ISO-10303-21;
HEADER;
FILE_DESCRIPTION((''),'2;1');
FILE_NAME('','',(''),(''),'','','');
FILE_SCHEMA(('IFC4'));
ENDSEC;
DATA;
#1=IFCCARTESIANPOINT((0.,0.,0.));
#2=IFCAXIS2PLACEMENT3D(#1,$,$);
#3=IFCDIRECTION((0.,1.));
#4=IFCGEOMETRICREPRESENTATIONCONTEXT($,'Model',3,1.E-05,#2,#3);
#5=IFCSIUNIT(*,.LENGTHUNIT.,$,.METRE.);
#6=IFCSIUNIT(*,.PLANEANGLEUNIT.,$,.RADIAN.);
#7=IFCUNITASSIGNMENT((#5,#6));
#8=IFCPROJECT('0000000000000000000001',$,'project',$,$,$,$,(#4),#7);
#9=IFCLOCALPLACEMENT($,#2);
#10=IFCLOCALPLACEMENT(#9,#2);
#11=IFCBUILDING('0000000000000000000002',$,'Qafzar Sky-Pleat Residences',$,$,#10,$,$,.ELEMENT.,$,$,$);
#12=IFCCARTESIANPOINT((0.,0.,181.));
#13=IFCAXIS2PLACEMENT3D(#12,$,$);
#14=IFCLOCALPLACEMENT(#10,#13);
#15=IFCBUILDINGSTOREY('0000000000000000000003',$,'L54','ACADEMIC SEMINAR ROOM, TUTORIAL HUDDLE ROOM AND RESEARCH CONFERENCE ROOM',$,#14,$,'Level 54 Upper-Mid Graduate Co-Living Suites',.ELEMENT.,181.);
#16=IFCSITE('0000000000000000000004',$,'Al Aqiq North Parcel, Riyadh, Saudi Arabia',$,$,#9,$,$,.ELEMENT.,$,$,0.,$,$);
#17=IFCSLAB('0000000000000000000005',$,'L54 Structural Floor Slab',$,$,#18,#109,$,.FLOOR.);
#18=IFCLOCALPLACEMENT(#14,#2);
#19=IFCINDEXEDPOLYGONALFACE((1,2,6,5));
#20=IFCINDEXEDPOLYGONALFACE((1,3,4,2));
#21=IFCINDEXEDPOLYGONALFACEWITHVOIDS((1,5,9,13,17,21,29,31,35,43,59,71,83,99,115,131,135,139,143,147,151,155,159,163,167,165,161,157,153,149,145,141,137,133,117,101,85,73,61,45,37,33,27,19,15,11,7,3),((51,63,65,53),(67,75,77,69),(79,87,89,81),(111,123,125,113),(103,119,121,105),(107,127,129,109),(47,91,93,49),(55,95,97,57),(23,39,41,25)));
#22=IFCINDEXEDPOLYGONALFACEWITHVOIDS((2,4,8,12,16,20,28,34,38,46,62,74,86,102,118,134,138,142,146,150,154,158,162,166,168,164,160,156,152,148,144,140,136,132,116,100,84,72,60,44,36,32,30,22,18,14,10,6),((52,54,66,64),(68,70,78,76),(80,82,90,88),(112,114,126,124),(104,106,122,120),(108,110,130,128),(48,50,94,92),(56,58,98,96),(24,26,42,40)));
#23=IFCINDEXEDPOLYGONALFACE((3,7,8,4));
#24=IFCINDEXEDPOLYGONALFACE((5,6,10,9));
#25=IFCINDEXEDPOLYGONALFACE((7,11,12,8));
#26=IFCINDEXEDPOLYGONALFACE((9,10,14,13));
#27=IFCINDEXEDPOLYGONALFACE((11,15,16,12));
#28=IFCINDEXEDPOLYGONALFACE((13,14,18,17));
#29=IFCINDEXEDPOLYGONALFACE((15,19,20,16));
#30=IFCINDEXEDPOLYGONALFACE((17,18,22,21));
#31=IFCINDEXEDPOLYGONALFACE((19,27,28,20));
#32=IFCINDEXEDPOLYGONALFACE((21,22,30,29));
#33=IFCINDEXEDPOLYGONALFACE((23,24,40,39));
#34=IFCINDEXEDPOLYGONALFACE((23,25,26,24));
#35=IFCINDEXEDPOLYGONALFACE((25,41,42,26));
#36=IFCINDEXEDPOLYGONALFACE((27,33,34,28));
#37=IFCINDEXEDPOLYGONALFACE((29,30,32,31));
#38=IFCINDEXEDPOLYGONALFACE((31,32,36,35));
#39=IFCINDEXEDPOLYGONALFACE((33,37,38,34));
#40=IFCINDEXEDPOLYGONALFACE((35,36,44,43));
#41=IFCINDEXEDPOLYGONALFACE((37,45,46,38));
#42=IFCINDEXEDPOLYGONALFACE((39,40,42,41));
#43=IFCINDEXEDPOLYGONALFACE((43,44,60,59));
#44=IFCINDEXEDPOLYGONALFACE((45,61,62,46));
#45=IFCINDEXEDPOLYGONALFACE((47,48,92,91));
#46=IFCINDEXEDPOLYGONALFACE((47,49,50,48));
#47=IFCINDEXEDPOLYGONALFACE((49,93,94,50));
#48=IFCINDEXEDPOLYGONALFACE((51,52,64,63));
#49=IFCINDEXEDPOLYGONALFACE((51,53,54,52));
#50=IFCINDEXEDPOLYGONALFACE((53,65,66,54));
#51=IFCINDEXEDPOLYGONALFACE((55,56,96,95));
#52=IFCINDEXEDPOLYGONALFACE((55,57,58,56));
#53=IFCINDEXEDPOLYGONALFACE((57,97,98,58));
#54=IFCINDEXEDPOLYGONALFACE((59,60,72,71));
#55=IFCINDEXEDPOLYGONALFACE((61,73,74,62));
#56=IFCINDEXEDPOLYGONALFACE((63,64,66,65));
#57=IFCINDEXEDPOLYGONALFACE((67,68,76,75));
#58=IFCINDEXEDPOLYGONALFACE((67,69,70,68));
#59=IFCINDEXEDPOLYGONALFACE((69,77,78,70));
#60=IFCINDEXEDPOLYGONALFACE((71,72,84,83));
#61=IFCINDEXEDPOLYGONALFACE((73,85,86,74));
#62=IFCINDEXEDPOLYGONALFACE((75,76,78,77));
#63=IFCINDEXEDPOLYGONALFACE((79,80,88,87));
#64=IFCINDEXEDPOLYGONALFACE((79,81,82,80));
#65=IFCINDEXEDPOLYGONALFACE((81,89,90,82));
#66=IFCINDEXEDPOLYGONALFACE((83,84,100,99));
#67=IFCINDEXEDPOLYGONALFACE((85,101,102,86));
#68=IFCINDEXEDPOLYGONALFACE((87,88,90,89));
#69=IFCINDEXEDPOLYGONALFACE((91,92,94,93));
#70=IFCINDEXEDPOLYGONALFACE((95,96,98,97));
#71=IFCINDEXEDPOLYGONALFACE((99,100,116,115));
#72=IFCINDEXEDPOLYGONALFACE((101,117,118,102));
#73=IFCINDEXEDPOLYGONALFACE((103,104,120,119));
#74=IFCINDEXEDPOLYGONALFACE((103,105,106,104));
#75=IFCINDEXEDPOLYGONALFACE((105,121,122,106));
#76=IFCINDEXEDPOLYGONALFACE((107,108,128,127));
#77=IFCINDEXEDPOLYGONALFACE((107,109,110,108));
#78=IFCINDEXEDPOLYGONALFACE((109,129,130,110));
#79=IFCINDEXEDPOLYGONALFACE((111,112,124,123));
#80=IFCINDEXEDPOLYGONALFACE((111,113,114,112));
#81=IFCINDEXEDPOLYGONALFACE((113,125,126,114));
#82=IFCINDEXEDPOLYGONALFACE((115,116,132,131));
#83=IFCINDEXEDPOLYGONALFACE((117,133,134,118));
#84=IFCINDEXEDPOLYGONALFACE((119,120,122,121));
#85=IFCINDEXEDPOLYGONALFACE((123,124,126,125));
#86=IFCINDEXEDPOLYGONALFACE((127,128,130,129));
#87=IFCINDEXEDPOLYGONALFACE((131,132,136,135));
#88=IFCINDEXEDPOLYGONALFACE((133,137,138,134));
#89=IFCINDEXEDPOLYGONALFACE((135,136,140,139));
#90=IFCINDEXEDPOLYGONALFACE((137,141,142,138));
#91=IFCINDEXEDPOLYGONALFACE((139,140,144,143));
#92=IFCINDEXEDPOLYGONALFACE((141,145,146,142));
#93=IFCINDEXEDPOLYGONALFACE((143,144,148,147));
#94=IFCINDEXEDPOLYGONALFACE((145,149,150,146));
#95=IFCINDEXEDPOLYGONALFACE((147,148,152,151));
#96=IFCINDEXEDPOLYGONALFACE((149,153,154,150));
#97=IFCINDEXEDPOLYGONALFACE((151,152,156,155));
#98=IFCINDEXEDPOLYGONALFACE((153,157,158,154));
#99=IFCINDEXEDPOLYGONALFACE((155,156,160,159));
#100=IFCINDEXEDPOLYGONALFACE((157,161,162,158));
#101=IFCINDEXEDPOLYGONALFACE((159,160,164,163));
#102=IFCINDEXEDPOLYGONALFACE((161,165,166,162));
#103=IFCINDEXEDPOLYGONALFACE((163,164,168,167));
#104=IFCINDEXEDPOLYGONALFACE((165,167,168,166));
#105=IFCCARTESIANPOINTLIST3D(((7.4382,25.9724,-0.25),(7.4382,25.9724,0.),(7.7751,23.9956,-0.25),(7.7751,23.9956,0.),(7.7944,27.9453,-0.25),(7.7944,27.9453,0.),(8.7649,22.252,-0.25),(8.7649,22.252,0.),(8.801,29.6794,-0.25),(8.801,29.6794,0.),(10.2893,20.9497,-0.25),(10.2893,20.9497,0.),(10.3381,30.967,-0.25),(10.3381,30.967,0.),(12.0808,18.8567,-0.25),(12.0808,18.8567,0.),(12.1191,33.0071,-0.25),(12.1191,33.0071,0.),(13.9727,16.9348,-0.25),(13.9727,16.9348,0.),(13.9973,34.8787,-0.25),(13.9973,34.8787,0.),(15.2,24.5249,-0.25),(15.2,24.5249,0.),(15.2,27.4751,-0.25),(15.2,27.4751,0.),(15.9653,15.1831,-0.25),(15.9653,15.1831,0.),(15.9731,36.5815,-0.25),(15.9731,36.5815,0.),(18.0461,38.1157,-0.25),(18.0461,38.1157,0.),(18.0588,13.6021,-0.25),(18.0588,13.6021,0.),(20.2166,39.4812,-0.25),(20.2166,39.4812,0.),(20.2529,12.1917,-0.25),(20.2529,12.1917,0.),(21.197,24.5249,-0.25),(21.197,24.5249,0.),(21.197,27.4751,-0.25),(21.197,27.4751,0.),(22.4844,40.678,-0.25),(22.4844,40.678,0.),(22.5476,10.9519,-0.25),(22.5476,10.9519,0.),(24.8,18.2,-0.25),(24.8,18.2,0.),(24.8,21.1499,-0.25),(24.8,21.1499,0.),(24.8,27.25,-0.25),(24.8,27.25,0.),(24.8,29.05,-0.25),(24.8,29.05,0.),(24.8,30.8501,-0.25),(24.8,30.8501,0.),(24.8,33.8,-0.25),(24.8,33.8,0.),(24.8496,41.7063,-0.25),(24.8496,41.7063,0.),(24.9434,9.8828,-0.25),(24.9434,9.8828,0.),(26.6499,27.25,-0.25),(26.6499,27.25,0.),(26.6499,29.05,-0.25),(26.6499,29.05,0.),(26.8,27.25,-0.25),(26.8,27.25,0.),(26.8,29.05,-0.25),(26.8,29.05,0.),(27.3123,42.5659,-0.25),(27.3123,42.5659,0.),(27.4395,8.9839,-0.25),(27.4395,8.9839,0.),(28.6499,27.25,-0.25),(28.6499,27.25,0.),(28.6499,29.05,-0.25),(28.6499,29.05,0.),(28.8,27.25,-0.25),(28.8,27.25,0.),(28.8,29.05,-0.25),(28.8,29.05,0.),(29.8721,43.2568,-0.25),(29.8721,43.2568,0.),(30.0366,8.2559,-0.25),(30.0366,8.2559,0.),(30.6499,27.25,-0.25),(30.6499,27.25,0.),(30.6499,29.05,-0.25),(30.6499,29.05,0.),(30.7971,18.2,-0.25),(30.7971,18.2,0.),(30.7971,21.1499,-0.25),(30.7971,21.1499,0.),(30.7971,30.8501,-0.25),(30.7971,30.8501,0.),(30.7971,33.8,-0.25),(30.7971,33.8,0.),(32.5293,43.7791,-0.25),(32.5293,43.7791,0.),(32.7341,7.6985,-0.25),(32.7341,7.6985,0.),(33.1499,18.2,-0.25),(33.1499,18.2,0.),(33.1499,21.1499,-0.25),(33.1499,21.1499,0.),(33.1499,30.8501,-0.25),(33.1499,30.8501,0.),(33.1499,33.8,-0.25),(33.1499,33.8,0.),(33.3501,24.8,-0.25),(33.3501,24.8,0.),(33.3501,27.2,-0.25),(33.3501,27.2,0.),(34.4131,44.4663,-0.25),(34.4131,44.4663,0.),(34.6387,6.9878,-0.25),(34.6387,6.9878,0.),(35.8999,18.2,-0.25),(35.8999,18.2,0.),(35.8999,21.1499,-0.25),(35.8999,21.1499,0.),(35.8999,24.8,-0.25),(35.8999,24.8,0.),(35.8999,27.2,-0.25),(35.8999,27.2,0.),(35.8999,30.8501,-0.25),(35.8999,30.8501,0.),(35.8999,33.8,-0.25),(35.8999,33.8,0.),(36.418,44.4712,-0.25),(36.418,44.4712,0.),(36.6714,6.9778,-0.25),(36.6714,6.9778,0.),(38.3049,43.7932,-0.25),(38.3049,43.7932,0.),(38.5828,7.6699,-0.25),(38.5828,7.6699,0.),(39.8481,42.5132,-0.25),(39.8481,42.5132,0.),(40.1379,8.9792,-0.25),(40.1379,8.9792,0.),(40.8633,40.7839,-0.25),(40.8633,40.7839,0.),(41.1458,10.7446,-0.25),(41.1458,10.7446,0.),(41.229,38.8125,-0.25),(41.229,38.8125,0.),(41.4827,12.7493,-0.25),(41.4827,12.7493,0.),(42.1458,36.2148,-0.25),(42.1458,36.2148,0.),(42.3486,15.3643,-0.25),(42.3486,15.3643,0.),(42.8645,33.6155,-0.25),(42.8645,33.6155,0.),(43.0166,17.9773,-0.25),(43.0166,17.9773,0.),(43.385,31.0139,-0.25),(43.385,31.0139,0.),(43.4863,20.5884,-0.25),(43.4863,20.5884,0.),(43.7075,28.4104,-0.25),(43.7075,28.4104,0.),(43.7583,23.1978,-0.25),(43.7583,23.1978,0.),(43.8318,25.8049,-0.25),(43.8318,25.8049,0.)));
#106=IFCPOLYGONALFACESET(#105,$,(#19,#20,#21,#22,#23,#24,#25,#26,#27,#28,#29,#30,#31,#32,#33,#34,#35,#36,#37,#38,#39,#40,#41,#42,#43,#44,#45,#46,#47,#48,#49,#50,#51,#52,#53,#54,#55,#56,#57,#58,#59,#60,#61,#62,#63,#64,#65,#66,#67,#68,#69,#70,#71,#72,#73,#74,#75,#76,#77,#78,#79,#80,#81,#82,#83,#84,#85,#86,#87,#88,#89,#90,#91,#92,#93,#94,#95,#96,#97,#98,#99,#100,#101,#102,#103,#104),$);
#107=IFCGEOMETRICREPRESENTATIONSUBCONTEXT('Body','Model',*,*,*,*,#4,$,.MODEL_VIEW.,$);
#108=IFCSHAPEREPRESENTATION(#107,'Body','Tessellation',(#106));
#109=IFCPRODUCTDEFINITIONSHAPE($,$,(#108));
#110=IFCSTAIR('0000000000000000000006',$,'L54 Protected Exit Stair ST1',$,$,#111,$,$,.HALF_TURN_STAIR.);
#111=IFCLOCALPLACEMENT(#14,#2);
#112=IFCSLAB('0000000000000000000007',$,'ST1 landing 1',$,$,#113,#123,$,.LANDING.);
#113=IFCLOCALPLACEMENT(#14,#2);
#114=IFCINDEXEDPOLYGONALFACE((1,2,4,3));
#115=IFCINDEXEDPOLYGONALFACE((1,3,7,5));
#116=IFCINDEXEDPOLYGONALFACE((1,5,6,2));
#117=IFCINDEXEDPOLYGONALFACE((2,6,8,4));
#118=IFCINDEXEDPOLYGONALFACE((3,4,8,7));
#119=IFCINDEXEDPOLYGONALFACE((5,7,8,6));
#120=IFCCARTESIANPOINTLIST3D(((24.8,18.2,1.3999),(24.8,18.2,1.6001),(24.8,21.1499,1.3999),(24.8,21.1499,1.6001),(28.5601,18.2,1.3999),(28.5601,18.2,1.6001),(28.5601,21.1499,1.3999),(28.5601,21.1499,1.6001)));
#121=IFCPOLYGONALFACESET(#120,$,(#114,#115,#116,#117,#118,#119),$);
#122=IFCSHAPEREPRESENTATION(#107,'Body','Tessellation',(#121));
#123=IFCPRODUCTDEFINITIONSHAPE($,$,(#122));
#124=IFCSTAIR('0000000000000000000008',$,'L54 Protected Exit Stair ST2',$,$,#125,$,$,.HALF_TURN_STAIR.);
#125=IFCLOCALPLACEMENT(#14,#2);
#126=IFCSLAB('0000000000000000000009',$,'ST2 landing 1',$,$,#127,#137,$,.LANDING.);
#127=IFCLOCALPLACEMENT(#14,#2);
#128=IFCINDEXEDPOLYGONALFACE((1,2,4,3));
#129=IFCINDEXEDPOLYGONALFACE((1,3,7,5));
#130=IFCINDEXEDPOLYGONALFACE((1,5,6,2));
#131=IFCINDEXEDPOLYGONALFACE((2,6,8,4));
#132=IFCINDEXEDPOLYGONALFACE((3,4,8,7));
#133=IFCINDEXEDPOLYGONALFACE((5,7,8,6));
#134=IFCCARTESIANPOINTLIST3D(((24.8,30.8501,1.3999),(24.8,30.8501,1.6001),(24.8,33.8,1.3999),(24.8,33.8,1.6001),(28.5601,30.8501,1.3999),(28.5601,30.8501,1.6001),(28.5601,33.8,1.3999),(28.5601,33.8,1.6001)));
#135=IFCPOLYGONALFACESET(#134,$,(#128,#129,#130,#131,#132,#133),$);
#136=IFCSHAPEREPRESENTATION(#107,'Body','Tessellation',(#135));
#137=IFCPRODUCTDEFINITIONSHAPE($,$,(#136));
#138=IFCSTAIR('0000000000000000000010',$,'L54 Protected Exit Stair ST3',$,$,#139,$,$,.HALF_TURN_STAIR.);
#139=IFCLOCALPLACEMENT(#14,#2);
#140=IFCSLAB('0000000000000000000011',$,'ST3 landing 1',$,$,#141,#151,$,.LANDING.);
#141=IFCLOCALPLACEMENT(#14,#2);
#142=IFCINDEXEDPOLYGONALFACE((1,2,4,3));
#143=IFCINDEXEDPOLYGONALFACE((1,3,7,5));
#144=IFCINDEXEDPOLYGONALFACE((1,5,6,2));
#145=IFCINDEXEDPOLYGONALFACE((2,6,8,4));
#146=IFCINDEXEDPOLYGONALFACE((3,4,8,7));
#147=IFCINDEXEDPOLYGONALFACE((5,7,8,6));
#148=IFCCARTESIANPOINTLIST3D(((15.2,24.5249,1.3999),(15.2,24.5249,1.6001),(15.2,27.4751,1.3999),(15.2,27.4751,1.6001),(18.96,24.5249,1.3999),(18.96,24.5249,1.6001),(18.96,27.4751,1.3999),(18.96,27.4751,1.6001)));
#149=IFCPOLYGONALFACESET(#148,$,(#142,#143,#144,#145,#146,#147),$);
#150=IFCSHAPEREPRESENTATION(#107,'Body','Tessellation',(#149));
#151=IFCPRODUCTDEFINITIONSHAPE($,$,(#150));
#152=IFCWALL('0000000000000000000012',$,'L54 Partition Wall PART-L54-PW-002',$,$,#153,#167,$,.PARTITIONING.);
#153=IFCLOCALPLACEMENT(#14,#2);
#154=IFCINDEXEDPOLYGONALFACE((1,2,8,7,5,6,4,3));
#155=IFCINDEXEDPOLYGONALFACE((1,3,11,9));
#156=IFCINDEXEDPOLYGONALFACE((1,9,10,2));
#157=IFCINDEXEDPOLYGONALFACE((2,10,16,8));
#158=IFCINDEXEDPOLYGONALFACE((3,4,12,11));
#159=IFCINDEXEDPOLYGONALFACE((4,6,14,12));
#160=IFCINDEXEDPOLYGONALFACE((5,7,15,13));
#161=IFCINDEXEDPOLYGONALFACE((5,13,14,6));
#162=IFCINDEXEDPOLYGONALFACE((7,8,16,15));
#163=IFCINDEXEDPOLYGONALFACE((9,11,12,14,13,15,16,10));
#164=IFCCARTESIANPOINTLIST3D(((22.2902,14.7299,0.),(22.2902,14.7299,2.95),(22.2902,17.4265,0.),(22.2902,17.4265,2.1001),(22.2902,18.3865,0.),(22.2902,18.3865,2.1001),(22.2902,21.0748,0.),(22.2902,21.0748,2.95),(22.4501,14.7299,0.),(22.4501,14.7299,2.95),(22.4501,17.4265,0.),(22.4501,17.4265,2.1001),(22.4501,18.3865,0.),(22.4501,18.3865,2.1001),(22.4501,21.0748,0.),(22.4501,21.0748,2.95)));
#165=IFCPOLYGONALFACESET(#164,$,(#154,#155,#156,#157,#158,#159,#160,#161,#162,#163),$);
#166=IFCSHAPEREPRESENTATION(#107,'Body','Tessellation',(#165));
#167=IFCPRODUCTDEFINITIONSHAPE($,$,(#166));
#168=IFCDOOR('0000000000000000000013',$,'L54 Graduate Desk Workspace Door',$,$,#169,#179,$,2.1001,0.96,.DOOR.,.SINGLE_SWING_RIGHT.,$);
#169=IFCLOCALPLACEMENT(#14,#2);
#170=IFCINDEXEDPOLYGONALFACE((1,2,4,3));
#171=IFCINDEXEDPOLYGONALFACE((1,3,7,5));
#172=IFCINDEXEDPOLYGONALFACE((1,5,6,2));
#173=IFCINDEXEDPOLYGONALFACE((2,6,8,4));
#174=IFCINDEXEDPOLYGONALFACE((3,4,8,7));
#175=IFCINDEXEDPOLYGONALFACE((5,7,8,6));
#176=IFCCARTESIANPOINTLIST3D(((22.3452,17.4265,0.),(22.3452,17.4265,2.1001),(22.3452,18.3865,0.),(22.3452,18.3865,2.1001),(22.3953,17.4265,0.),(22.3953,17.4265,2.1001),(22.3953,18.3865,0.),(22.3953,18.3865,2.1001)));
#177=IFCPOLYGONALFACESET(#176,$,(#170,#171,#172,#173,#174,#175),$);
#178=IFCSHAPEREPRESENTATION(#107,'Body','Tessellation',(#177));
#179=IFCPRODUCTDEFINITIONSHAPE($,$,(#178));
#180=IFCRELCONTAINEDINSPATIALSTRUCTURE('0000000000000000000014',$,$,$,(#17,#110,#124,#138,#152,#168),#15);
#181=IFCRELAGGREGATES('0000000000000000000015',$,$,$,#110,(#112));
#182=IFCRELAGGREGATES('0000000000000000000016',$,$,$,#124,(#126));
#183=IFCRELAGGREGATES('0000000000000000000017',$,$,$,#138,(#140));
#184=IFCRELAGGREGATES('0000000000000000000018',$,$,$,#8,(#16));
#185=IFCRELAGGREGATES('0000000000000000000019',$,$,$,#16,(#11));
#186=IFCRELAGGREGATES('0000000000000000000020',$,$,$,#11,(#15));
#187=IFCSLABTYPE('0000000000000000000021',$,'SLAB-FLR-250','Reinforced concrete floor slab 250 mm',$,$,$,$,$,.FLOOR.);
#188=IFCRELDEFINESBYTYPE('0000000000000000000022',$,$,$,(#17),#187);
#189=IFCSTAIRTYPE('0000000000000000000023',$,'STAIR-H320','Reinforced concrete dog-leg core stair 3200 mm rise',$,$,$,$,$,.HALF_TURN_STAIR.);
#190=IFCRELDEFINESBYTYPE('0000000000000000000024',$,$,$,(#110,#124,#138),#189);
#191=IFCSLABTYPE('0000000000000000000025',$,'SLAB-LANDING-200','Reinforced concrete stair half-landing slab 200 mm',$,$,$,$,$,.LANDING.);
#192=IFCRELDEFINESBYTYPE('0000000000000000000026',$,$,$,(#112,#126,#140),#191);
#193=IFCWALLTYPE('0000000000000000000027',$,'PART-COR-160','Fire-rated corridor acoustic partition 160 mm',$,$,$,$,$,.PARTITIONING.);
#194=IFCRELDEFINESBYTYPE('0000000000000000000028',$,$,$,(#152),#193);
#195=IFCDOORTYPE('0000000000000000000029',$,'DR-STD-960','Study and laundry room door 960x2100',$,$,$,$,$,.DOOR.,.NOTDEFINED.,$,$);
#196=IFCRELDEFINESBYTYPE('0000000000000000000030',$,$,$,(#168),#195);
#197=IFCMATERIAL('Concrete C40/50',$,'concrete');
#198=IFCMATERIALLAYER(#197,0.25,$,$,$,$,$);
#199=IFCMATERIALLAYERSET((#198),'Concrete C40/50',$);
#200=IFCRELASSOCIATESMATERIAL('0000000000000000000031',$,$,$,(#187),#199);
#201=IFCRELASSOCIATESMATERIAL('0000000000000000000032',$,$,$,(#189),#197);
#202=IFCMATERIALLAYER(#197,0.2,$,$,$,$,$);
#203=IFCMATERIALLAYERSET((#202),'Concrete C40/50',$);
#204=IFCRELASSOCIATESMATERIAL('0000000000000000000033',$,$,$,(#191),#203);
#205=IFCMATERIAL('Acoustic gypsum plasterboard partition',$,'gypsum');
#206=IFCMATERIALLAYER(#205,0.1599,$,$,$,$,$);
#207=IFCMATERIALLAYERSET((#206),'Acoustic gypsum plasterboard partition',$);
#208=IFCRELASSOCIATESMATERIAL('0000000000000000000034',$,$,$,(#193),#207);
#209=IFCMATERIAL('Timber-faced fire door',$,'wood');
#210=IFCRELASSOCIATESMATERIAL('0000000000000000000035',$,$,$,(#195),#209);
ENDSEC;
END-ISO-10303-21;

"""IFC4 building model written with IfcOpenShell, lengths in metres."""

from ifc_helpers import new_model, si_unit, direction, frame, frame_2d, origin, place, context, subcontext, project, spatial, polyline, rectangle, outline, extrude, source, transform, mapped, material, layer, layer_set, type_object, element, fill, aggregate, save


model = new_model("IFC4")

# Units and contexts
model_context = context("Model", 3, precision=1e-05, world=origin(), true_north=direction((0.0, 1.0)))
body_context = subcontext(model_context, "Body", "Model", "MODEL_VIEW")
ifc_project = project(units=[si_unit("LENGTHUNIT", "METRE"), si_unit("PLANEANGLEUNIT", "RADIAN")], contexts=[model_context])

# Site, building, storey
site_placement = place(None, origin())
site = spatial("IfcSite", under=ifc_project, at=site_placement, Name="Al Aqiq North Parcel, Riyadh, Saudi Arabia", CompositionType="ELEMENT", RefElevation=0.0)
building_placement = place(site_placement, origin())
building = spatial("IfcBuilding", under=site, at=building_placement, Name="Qafzar Sky-Pleat Residences", CompositionType="ELEMENT")
storey_placement = place(building_placement, frame((0.0, 0.0, 181.0)))
storey = spatial("IfcBuildingStorey", under=building, at=storey_placement, Name="L54", Description="ACADEMIC SEMINAR ROOM, TUTORIAL HUDDLE ROOM AND RESEARCH CONFERENCE ROOM", LongName="Level 54 Upper-Mid Graduate Co-Living Suites", CompositionType="ELEMENT", Elevation=181.0)

# Slab
ifc_material_1 = material(Name="Concrete C40/50", Category="concrete")
ifc_layer_1 = layer(ifc_material_1, 0.25)
ifc_layer_set_1 = layer_set([ifc_layer_1], Name="Concrete C40/50")
slab_type_1 = type_object("IfcSlabType", Name="SLAB-FLR-250", Description="Reinforced concrete floor slab 250 mm", PredefinedType="FLOOR", material=ifc_layer_set_1)
slab_1_placement = place(storey_placement, frame((0.0, 0.0, -0.25)))
element("IfcSlab", 1, at=slab_1_placement, inside=storey, type_object=slab_type_1, Name="L54 Structural Floor Slab", PredefinedType="FLOOR", context=body_context, shape_type="SweptSolid", body=[
    extrude(outline(polyline([(10.3381, 30.967), (8.801, 29.6794), (7.7944, 27.9453), (7.4382, 25.9724), (7.7751, 23.9956), (8.7649, 22.252), (10.2893, 20.9497), (12.0808, 18.8567), (13.9727, 16.9348), (15.9653, 15.1831), (18.0588, 13.6021), (20.2529, 12.1917), (22.5476, 10.9519), (24.9434, 9.8828), (27.4395, 8.9839), (30.0366, 8.2559), (32.7341, 7.6985), (34.6387, 6.9878), (36.6714, 6.9778), (38.5828, 7.6699), (40.1379, 8.9792), (41.1458, 10.7446), (41.4827, 12.7493), (42.3486, 15.3643), (43.0166, 17.9773), (43.4863, 20.5884), (43.7583, 23.1978), (43.8318, 25.8049), (43.7075, 28.4104), (43.385, 31.0139), (42.8645, 33.6155), (42.1458, 36.2148), (41.229, 38.8125), (40.8633, 40.7839), (39.8481, 42.5132), (38.3049, 43.7932), (36.418, 44.4712), (34.4131, 44.4663), (32.5293, 43.7791), (29.8721, 43.2568), (27.3123, 42.5659), (24.8496, 41.7063), (22.4844, 40.678), (20.2166, 39.4812), (18.0461, 38.1157), (15.9731, 36.5815), (13.9973, 34.8787), (12.1191, 33.0071), (10.3381, 30.967)]), holes=[polyline([(30.7971, 21.1499), (24.8, 21.1499), (24.8, 18.2), (30.7971, 18.2), (30.7971, 21.1499)]), polyline([(30.7971, 33.8), (24.8, 33.8), (24.8, 30.8501), (30.7971, 30.8501), (30.7971, 33.8)]), polyline([(21.197, 27.4751), (15.2, 27.4751), (15.2, 24.5249), (21.197, 24.5249), (21.197, 27.4751)]), polyline([(24.8, 27.25), (26.6499, 27.25), (26.6499, 29.05), (24.8, 29.05), (24.8, 27.25)]), polyline([(26.8, 27.25), (28.6499, 27.25), (28.6499, 29.05), (26.8, 29.05), (26.8, 27.25)]), polyline([(28.8, 27.25), (30.6499, 27.25), (30.6499, 29.05), (28.8, 29.05), (28.8, 27.25)]), polyline([(33.1499, 18.2), (35.8999, 18.2), (35.8999, 21.1499), (33.1499, 21.1499), (33.1499, 18.2)]), polyline([(33.1499, 30.8501), (35.8999, 30.8501), (35.8999, 33.8), (33.1499, 33.8), (33.1499, 30.8501)]), polyline([(33.3501, 24.8), (35.8999, 24.8), (35.8999, 27.2), (33.3501, 27.2), (33.3501, 24.8)])]), origin(), (0.0, 0.0, 1.0), 0.25),
])

# Stairs, slabs
stair_type = type_object("IfcStairType", Name="STAIR-H320", Description="Reinforced concrete dog-leg core stair 3200 mm rise", PredefinedType="HALF_TURN_STAIR", material=ifc_material_1)
stair_1_placement = place(storey_placement, origin())
stair_1 = element("IfcStair", 2, at=stair_1_placement, inside=storey, type_object=stair_type, Name="L54 Protected Exit Stair ST1", PredefinedType="HALF_TURN_STAIR")
ifc_layer_2 = layer(ifc_material_1, 0.2)
ifc_layer_set_2 = layer_set([ifc_layer_2], Name="Concrete C40/50")
slab_type_2 = type_object("IfcSlabType", Name="SLAB-LANDING-200", Description="Reinforced concrete stair half-landing slab 200 mm", PredefinedType="LANDING", material=ifc_layer_set_2)
slab_2_placement = place(storey_placement, frame((0.0, 0.0, 1.3999)))
slab_2 = element("IfcSlab", 3, at=slab_2_placement, type_object=slab_type_2, Name="ST1 landing 1", PredefinedType="LANDING", context=body_context, shape_type="SweptSolid", body=[
    extrude(outline(polyline([(28.5601, 21.1499), (24.8, 21.1499), (24.8, 18.2), (28.5601, 18.2), (28.5601, 21.1499)])), origin(), (0.0, 0.0, 1.0), 0.2002),
])
aggregate(stair_1, [slab_2])
stair_2_placement = place(storey_placement, origin())
stair_2 = element("IfcStair", 4, at=stair_2_placement, inside=storey, type_object=stair_type, Name="L54 Protected Exit Stair ST2", PredefinedType="HALF_TURN_STAIR")
slab_3_placement = place(storey_placement, frame((0.0, 0.0, 1.3999)))
slab_3 = element("IfcSlab", 5, at=slab_3_placement, type_object=slab_type_2, Name="ST2 landing 1", PredefinedType="LANDING", context=body_context, shape_type="SweptSolid", body=[
    extrude(outline(polyline([(28.5601, 33.8), (24.8, 33.8), (24.8, 30.8501), (28.5601, 30.8501), (28.5601, 33.8)])), origin(), (0.0, 0.0, 1.0), 0.2002),
])
aggregate(stair_2, [slab_3])
stair_3_placement = place(storey_placement, origin())
stair_3 = element("IfcStair", 6, at=stair_3_placement, inside=storey, type_object=stair_type, Name="L54 Protected Exit Stair ST3", PredefinedType="HALF_TURN_STAIR")
slab_4_placement = place(storey_placement, frame((0.0, 0.0, 1.3999)))
slab_4 = element("IfcSlab", 7, at=slab_4_placement, type_object=slab_type_2, Name="ST3 landing 1", PredefinedType="LANDING", context=body_context, shape_type="SweptSolid", body=[
    extrude(outline(polyline([(18.96, 27.4751), (15.2, 27.4751), (15.2, 24.5249), (18.96, 24.5249), (18.96, 27.4751)])), origin(), (0.0, 0.0, 1.0), 0.2002),
])
aggregate(stair_3, [slab_4])

# Wall, opening, door
ifc_material_2 = material(Name="Acoustic gypsum plasterboard partition", Category="gypsum")
ifc_layer_3 = layer(ifc_material_2, 0.1599)
ifc_layer_set_3 = layer_set([ifc_layer_3], Name="Acoustic gypsum plasterboard partition")
wall_type_1 = type_object("IfcWallType", Name="PART-COR-160", Description="Fire-rated corridor acoustic partition 160 mm", PredefinedType="PARTITIONING", material=ifc_layer_set_3)
wall_1_placement = place(storey_placement, frame((22.3701, 14.73, 0.0), z_axis=(0.0, 0.0, 1.0), x_axis=(0.0, 1.0, 0.0)))
wall_1 = element("IfcWall", 8, at=wall_1_placement, inside=storey, type_object=wall_type_1, Name="L54 Partition Wall PART-L54-PW-002", PredefinedType="PARTITIONING", context=body_context, shape_type="SweptSolid", body=[
    extrude(rectangle(XDim=6.345, YDim=0.1599, at=frame_2d((3.1724, 0.0))), origin(), (0.0, 0.0, 1.0), 2.95),
])
opening_1_placement = place(wall_1_placement, frame((2.6965, 0.0, 0.0)))
opening_1 = element("IfcOpeningElement", 9, at=opening_1_placement, cuts=wall_1, PredefinedType="OPENING", context=body_context, shape_type="SweptSolid", body=[
    extrude(rectangle(XDim=0.96, YDim=2.1001, at=frame_2d((0.48, 1.05))), frame((0.0, 0.0898, 0.0), z_axis=(0.0, -1.0, 0.0), x_axis=(1.0, 0.0, 0.0)), (0.0, 0.0, 1.0), 0.1799),
])
ifc_material_3 = material(Name="Timber-faced fire door", Category="wood")
door_type = type_object("IfcDoorType", Name="DR-STD-960", Description="Study and laundry room door 960x2100", OperationType="NOTDEFINED", PredefinedType="DOOR", material=ifc_material_3)
shared_shape_1 = source(origin(), body_context, "Body", "SweptSolid", [
    extrude(rectangle(XDim=0.96, YDim=2.1001, at=frame_2d((0.48, 1.05))), frame((0.0, 0.0249, 0.0), z_axis=(0.0, -1.0, 0.0), x_axis=(1.0, 0.0, 0.0)), (0.0, 0.0, 1.0), 0.05),
])
door_placement = place(opening_1_placement, origin())
door = element("IfcDoor", 10, at=door_placement, inside=storey, type_object=door_type, Name="L54 Graduate Desk Workspace Door", OperationType="SINGLE_SWING_RIGHT", OverallHeight=2.1001, OverallWidth=0.96, PredefinedType="DOOR", context=body_context, shape_type="MappedRepresentation", body=[
    mapped(shared_shape_1, transform((0.0, 0.0, 0.0), x_axis=(1.0, 0.0, 0.0), y_axis=(0.0, 1.0, 0.0), z_axis=(0.0, 0.0, 1.0), scale=1.0)),
])
fill(opening_1, door)

save(model, "model.ifc")
